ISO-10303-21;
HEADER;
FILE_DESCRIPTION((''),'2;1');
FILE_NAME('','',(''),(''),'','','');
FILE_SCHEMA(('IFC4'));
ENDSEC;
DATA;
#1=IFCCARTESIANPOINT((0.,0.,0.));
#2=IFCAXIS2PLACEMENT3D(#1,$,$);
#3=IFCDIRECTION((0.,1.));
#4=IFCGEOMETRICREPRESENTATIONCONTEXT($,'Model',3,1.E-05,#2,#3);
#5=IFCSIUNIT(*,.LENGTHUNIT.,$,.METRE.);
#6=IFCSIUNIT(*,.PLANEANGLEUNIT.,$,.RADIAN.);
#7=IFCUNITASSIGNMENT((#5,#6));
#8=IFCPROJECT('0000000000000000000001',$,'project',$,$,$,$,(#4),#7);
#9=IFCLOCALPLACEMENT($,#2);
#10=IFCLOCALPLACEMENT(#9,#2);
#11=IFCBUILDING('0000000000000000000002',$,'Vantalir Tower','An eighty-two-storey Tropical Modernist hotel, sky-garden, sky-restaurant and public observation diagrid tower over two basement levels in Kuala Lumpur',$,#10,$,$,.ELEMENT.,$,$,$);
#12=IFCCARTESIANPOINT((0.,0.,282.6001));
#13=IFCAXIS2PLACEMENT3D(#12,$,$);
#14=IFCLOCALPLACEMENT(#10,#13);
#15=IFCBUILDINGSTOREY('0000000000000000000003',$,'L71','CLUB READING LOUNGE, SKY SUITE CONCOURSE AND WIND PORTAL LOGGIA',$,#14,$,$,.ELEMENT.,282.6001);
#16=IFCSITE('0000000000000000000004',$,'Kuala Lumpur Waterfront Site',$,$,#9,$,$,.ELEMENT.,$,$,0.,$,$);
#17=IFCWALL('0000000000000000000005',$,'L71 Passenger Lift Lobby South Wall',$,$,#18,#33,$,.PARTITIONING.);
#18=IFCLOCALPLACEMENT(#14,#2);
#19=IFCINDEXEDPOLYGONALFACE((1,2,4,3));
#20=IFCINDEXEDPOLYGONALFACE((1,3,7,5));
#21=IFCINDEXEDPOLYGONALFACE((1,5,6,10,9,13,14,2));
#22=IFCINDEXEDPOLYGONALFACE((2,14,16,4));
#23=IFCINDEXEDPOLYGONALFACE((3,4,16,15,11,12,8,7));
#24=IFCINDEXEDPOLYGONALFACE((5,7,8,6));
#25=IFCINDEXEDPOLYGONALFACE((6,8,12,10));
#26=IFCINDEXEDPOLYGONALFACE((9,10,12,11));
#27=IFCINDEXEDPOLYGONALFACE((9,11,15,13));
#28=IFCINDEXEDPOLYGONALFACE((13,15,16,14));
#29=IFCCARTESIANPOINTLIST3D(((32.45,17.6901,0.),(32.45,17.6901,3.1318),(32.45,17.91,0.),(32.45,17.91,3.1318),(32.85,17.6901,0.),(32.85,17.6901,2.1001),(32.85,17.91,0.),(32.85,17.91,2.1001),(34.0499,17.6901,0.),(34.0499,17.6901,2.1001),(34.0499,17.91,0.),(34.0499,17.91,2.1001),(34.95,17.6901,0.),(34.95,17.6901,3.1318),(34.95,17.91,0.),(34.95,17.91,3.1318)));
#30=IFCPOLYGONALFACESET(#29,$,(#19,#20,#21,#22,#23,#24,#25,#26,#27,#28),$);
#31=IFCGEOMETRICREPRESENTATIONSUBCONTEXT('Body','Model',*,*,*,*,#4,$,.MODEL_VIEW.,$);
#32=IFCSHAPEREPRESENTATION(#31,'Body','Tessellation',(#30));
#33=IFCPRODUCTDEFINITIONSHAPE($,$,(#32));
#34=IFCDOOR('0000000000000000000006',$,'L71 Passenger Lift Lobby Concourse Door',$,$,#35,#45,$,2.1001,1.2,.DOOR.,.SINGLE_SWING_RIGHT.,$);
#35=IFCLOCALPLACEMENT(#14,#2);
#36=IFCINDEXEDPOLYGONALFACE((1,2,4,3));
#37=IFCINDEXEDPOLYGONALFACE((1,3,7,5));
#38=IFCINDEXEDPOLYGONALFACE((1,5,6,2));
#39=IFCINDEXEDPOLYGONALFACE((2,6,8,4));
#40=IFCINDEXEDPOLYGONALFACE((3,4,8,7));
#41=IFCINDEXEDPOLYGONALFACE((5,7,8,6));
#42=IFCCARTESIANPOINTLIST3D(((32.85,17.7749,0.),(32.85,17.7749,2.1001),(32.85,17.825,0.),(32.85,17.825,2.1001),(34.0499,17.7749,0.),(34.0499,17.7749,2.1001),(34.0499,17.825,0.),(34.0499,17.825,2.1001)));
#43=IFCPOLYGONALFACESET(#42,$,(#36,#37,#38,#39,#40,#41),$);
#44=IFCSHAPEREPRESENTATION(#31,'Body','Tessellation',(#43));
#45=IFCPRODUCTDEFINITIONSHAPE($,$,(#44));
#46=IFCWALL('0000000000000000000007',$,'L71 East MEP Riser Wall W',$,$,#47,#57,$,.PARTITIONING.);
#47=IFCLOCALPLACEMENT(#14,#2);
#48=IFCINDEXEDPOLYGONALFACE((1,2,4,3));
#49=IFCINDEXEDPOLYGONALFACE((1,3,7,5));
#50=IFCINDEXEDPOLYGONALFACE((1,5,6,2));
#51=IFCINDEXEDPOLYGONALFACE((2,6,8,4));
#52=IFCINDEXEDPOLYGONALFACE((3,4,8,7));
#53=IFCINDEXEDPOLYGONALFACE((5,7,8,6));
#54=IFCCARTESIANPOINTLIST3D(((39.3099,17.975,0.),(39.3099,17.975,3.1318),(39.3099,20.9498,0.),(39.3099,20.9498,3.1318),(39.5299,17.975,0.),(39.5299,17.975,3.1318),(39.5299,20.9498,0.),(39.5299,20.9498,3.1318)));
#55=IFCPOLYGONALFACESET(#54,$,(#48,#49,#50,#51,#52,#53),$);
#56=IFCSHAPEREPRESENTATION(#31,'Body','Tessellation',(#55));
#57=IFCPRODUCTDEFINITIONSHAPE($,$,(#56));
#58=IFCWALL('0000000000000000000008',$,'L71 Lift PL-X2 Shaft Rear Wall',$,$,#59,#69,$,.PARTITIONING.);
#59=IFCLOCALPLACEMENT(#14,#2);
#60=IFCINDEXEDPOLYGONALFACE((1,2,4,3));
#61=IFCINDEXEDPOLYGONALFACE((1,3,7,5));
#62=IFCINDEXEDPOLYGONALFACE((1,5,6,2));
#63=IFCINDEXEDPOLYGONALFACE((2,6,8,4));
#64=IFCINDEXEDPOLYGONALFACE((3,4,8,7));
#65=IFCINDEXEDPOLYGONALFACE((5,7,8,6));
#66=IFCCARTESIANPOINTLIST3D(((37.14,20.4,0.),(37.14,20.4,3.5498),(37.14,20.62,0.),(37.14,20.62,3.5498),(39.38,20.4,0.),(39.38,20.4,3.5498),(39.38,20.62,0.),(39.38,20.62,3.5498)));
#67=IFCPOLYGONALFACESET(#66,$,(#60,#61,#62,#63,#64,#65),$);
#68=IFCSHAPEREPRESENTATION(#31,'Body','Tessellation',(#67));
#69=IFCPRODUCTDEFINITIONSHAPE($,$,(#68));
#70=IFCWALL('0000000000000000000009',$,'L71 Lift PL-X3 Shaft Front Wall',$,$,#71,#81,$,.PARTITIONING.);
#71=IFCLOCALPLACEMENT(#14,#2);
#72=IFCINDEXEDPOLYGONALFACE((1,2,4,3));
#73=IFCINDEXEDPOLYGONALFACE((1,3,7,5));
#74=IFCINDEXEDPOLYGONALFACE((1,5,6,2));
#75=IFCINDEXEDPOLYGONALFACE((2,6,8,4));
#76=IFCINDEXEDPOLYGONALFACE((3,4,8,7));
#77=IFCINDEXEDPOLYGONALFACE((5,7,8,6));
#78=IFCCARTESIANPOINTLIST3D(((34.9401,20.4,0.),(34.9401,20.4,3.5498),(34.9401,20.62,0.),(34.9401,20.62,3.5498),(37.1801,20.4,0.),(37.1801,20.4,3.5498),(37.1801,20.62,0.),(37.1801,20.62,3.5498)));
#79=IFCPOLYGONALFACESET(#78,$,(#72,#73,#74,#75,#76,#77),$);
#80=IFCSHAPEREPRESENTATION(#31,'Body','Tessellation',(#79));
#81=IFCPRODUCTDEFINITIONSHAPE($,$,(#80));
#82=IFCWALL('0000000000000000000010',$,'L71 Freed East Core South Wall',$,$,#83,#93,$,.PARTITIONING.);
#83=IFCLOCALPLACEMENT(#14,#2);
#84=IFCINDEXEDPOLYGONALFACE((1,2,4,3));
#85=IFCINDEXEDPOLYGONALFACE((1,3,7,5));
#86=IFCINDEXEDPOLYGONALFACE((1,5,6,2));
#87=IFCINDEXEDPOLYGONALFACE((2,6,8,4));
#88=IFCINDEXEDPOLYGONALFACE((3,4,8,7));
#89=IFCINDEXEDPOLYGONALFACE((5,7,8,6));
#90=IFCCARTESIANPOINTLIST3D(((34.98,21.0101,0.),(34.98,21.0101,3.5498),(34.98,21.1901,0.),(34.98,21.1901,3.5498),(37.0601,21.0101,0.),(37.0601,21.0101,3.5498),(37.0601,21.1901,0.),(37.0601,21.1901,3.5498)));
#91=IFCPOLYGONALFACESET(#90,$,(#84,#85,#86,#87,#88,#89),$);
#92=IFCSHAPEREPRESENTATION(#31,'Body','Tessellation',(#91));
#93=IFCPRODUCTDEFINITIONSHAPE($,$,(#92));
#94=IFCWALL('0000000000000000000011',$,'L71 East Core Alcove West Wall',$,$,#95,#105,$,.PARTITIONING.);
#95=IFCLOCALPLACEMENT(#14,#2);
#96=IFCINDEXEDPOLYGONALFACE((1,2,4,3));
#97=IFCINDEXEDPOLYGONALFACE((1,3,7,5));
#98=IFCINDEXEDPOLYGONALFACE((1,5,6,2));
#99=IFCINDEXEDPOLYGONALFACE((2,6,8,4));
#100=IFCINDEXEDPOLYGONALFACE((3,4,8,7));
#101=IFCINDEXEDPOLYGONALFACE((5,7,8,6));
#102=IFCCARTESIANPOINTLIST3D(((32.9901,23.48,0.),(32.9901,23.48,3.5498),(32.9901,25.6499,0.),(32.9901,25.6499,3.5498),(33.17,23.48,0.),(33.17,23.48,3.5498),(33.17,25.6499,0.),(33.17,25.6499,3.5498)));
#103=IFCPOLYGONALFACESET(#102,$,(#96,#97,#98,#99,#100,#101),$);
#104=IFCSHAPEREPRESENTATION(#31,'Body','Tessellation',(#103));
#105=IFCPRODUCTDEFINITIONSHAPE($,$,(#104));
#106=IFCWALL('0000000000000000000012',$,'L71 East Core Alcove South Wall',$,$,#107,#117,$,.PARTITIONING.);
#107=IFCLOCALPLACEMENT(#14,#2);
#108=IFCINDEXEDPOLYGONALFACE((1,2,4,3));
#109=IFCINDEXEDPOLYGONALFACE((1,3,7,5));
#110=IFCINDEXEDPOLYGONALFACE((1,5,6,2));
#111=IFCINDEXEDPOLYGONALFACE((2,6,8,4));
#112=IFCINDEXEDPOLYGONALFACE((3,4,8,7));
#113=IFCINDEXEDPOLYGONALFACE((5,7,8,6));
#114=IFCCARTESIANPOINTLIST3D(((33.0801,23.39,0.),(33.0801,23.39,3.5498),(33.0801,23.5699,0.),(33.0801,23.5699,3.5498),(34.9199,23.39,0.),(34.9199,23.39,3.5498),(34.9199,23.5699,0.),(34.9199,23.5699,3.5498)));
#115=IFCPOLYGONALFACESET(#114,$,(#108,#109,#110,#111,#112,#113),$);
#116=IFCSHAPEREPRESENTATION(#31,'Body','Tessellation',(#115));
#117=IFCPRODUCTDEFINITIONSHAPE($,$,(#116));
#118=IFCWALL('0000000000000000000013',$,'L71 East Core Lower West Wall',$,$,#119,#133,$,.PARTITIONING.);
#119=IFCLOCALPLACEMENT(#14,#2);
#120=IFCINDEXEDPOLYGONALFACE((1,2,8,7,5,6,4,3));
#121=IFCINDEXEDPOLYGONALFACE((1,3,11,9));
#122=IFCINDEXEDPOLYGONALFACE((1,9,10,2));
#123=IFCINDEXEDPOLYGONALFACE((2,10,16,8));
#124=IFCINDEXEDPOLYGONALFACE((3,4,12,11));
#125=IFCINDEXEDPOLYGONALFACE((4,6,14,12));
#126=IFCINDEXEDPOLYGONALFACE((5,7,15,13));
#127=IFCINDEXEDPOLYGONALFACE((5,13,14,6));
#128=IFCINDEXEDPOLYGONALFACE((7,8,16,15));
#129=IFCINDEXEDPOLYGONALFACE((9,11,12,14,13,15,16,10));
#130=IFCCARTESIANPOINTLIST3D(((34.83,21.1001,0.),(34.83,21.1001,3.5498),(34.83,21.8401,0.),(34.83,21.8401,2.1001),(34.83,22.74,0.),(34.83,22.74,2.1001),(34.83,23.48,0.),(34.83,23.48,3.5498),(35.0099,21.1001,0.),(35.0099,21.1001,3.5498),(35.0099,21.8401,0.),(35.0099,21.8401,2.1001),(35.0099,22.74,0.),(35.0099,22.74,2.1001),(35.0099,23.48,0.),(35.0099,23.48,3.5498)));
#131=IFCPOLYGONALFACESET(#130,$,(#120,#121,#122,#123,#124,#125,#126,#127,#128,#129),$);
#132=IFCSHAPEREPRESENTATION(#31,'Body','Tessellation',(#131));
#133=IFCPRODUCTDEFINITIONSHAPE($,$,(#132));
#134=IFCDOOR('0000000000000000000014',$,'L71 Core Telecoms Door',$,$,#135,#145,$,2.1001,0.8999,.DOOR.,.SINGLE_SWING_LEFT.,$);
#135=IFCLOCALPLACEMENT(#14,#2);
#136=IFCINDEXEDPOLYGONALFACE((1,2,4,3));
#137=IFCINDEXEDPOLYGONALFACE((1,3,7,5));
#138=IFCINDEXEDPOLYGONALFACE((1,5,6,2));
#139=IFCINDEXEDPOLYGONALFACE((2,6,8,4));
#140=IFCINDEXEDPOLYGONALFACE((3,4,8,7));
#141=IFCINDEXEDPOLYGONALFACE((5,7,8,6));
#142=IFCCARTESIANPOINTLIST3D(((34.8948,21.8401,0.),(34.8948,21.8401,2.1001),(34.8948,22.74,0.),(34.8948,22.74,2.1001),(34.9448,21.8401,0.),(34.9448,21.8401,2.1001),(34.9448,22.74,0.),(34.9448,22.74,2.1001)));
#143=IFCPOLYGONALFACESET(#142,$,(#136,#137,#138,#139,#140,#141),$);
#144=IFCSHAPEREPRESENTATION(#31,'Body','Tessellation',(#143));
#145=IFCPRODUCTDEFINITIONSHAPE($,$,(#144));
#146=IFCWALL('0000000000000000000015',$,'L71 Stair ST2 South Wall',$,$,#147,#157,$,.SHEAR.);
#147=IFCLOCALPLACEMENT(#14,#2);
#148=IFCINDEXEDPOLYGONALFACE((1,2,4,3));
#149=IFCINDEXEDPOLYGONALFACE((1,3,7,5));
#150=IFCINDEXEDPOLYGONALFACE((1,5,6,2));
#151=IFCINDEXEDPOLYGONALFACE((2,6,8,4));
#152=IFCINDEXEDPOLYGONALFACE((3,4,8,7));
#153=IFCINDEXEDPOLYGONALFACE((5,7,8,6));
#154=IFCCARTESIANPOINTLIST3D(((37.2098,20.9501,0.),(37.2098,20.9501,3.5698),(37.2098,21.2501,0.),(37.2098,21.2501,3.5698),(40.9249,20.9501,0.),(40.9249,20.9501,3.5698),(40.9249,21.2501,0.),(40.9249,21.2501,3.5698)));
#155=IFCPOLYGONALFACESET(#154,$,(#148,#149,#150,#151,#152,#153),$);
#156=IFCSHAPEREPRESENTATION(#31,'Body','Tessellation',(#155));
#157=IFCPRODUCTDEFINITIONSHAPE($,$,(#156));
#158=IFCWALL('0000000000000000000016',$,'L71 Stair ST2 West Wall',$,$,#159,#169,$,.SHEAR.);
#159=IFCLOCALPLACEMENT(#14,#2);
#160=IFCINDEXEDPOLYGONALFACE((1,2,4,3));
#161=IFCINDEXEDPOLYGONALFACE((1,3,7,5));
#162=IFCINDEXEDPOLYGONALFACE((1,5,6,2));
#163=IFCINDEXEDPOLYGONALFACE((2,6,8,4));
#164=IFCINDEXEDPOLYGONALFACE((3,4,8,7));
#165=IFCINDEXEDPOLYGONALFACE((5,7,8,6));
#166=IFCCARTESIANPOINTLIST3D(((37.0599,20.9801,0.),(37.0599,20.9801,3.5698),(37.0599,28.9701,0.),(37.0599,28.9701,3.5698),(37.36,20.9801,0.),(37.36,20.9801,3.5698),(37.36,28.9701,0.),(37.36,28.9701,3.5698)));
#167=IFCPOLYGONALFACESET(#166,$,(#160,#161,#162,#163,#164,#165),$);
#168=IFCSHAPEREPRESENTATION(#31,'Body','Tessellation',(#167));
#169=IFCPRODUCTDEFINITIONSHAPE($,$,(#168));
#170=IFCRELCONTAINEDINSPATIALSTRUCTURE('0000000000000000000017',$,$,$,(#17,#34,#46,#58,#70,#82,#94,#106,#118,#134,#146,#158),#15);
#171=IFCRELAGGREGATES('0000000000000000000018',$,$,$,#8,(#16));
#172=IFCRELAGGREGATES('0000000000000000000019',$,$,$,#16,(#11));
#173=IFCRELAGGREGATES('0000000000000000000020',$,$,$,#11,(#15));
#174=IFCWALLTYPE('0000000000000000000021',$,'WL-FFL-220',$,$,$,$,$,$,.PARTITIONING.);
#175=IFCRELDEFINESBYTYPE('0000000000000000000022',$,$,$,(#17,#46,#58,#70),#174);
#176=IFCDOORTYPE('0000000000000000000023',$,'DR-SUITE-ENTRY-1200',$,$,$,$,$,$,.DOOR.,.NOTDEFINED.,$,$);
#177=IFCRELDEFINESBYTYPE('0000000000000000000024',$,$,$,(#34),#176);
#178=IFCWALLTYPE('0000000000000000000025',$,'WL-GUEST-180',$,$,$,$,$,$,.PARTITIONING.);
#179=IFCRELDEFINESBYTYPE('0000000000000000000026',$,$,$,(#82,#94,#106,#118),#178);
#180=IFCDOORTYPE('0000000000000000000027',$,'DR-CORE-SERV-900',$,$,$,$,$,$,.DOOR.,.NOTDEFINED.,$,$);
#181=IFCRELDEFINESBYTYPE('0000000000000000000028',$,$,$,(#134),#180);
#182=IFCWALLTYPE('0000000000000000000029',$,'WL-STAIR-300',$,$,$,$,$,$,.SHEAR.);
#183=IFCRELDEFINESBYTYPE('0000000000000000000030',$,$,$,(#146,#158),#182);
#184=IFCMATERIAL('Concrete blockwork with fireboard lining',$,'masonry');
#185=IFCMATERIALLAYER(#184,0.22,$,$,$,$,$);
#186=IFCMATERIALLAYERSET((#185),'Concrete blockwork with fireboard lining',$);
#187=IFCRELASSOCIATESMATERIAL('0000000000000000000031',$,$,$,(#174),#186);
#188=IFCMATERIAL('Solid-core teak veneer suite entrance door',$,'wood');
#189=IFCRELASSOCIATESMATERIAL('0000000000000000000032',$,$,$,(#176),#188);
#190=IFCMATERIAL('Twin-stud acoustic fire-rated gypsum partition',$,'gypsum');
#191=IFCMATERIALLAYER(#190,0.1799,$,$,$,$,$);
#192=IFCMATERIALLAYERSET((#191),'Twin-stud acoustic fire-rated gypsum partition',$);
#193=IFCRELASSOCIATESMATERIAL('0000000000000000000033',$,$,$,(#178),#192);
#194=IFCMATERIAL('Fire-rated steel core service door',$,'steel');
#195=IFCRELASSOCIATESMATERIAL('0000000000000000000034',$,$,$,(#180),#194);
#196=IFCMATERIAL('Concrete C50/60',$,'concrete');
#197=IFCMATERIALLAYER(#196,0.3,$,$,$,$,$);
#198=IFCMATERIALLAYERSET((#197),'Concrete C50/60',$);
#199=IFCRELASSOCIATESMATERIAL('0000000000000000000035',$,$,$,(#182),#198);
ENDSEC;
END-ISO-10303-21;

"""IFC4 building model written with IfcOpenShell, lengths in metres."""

from ifc_helpers import new_model, si_unit, direction, frame, frame_2d, origin, place, context, subcontext, project, spatial, rectangle, extrude, material, layer, layer_set, type_object, element, fill, save


model = new_model("IFC4")

# Units and contexts
model_context = context("Model", 3, precision=1e-05, world=origin(), true_north=direction((0.0, 1.0)))
body_context = subcontext(model_context, "Body", "Model", "MODEL_VIEW")
ifc_project = project(units=[si_unit("LENGTHUNIT", "METRE"), si_unit("PLANEANGLEUNIT", "RADIAN")], contexts=[model_context])

# Site, building, storey
site_placement = place(None, origin())
site = spatial("IfcSite", under=ifc_project, at=site_placement, Name="Kuala Lumpur Waterfront Site", CompositionType="ELEMENT", RefElevation=0.0)
building_placement = place(site_placement, origin())
building = spatial("IfcBuilding", under=site, at=building_placement, Name="Vantalir Tower", Description="An eighty-two-storey Tropical Modernist hotel, sky-garden, sky-restaurant and public observation diagrid tower over two basement levels in Kuala Lumpur", CompositionType="ELEMENT")
storey_placement = place(building_placement, frame((0.0, 0.0, 282.6001)))
storey = spatial("IfcBuildingStorey", under=building, at=storey_placement, Name="L71", Description="CLUB READING LOUNGE, SKY SUITE CONCOURSE AND WIND PORTAL LOGGIA", CompositionType="ELEMENT", Elevation=282.6001)

# Shared definitions
ifc_material_1 = material(Name="Concrete C50/60", Category="concrete")

# Shared definitions
ifc_material_2 = material(Name="Concrete blockwork with fireboard lining", Category="masonry")
ifc_layer_1 = layer(ifc_material_2, 0.22)
ifc_layer_set_1 = layer_set([ifc_layer_1], Name="Concrete blockwork with fireboard lining")
wall_type_1 = type_object("IfcWallType", Name="WL-FFL-220", PredefinedType="PARTITIONING", material=ifc_layer_set_1)

# Wall, opening, door
wall_1_placement = place(storey_placement, frame((32.45, 17.8, 0.0), z_axis=(0.0, 0.0, 1.0), x_axis=(1.0, 0.0, 0.0)))
wall_1 = element("IfcWall", 1, at=wall_1_placement, inside=storey, type_object=wall_type_1, Name="L71 Passenger Lift Lobby South Wall", PredefinedType="PARTITIONING", context=body_context, shape_type="SweptSolid", body=[
    extrude(rectangle(XDim=2.5, YDim=0.22, at=frame_2d((1.25, 0.0))), origin(), (0.0, 0.0, 1.0), 3.1318),
])
opening_1_placement = place(wall_1_placement, frame((0.3999, 0.0, 0.0)))
opening_1 = element("IfcOpeningElement", 2, at=opening_1_placement, cuts=wall_1, PredefinedType="OPENING", context=body_context, shape_type="SweptSolid", body=[
    extrude(rectangle(XDim=1.2, YDim=2.1001, at=frame_2d((0.6001, 1.05))), frame((0.0, 0.1199, 0.0), z_axis=(0.0, -1.0, 0.0), x_axis=(1.0, 0.0, 0.0)), (0.0, 0.0, 1.0), 0.24),
])
ifc_material_3 = material(Name="Solid-core teak veneer suite entrance door", Category="wood")
door_type_1 = type_object("IfcDoorType", Name="DR-SUITE-ENTRY-1200", OperationType="NOTDEFINED", PredefinedType="DOOR", material=ifc_material_3)
door_1_placement = place(opening_1_placement, origin())
door_1 = element("IfcDoor", 3, at=door_1_placement, inside=storey, type_object=door_type_1, Name="L71 Passenger Lift Lobby Concourse Door", OperationType="SINGLE_SWING_RIGHT", OverallHeight=2.1001, OverallWidth=1.2, PredefinedType="DOOR", context=body_context, shape_type="SweptSolid", body=[
    extrude(rectangle(XDim=1.2, YDim=2.1001, at=frame_2d((0.6001, 1.05))), frame((0.0, 0.0249, 0.0), z_axis=(0.0, -1.0, 0.0), x_axis=(1.0, 0.0, 0.0)), (0.0, 0.0, 1.0), 0.05),
])
fill(opening_1, door_1)

# Walls
wall_2_placement = place(storey_placement, frame((39.4199, 17.9751, 0.0), z_axis=(0.0, 0.0, 1.0), x_axis=(0.0, 1.0, 0.0)))
element("IfcWall", 4, at=wall_2_placement, inside=storey, type_object=wall_type_1, Name="L71 East MEP Riser Wall W", PredefinedType="PARTITIONING", context=body_context, shape_type="SweptSolid", body=[
    extrude(rectangle(XDim=2.9749, YDim=0.22, at=frame_2d((1.4873, 0.0))), origin(), (0.0, 0.0, 1.0), 3.1318),
])
for number, where, z_axis, x_axis, name in (
    (5, (37.1399, 20.51, 0.0), (0.0, 0.0, 1.0), (1.0, 0.0, 0.0), "L71 Lift PL-X2 Shaft Rear Wall"),
    (6, (34.9399, 20.51, 0.0), (0.0, 0.0, 1.0), (1.0, 0.0, 0.0), "L71 Lift PL-X3 Shaft Front Wall"),
):
    element("IfcWall", number, at=place(storey_placement, frame(where, z_axis=z_axis, x_axis=x_axis)), inside=storey, type_object=wall_type_1, Name=name, PredefinedType="PARTITIONING", context=body_context, shape_type="SweptSolid", body=[
        extrude(rectangle(XDim=2.24, YDim=0.22, at=frame_2d((1.1201, 0.0))), origin(), (0.0, 0.0, 1.0), 3.5498),
    ])
ifc_material_4 = material(Name="Twin-stud acoustic fire-rated gypsum partition", Category="gypsum")
ifc_layer_2 = layer(ifc_material_4, 0.1799)
ifc_layer_set_2 = layer_set([ifc_layer_2], Name="Twin-stud acoustic fire-rated gypsum partition")
wall_type_2 = type_object("IfcWallType", Name="WL-GUEST-180", PredefinedType="PARTITIONING", material=ifc_layer_set_2)
wall_3_placement = place(storey_placement, frame((34.98, 21.1001, 0.0), z_axis=(0.0, 0.0, 1.0), x_axis=(1.0, 0.0, 0.0)))
element("IfcWall", 7, at=wall_3_placement, inside=storey, type_object=wall_type_2, Name="L71 Freed East Core South Wall", PredefinedType="PARTITIONING", context=body_context, shape_type="SweptSolid", body=[
    extrude(rectangle(XDim=2.0801, YDim=0.1799, at=frame_2d((1.04, 0.0))), origin(), (0.0, 0.0, 1.0), 3.5498),
])
wall_4_placement = place(storey_placement, frame((33.0801, 23.48, 0.0), z_axis=(0.0, 0.0, 1.0), x_axis=(0.0, 1.0, 0.0)))
element("IfcWall", 8, at=wall_4_placement, inside=storey, type_object=wall_type_2, Name="L71 East Core Alcove West Wall", PredefinedType="PARTITIONING", context=body_context, shape_type="SweptSolid", body=[
    extrude(rectangle(XDim=2.1699, YDim=0.1799, at=frame_2d((1.085, 0.0))), origin(), (0.0, 0.0, 1.0), 3.5498),
])
wall_5_placement = place(storey_placement, frame((33.0801, 23.48, 0.0), z_axis=(0.0, 0.0, 1.0), x_axis=(1.0, 0.0, 0.0)))
element("IfcWall", 9, at=wall_5_placement, inside=storey, type_object=wall_type_2, Name="L71 East Core Alcove South Wall", PredefinedType="PARTITIONING", context=body_context, shape_type="SweptSolid", body=[
    extrude(rectangle(XDim=1.8398, YDim=0.1799, at=frame_2d((0.9199, 0.0))), origin(), (0.0, 0.0, 1.0), 3.5498),
])

# Wall, opening, door
wall_6_placement = place(storey_placement, frame((34.9199, 21.1001, 0.0), z_axis=(0.0, 0.0, 1.0), x_axis=(0.0, 1.0, 0.0)))
wall_6 = element("IfcWall", 10, at=wall_6_placement, inside=storey, type_object=wall_type_2, Name="L71 East Core Lower West Wall", PredefinedType="PARTITIONING", context=body_context, shape_type="SweptSolid", body=[
    extrude(rectangle(XDim=2.3799, YDim=0.1799, at=frame_2d((1.1899, 0.0))), origin(), (0.0, 0.0, 1.0), 3.5498),
])
opening_2_placement = place(wall_6_placement, frame((0.74, 0.0, 0.0)))
opening_2 = element("IfcOpeningElement", 11, at=opening_2_placement, cuts=wall_6, PredefinedType="OPENING", context=body_context, shape_type="SweptSolid", body=[
    extrude(rectangle(XDim=0.8999, YDim=2.1001, at=frame_2d((0.45, 1.05))), frame((0.0, 0.0999, 0.0), z_axis=(0.0, -1.0, 0.0), x_axis=(1.0, 0.0, 0.0)), (0.0, 0.0, 1.0), 0.2),
])
ifc_material_5 = material(Name="Fire-rated steel core service door", Category="steel")
door_type_2 = type_object("IfcDoorType", Name="DR-CORE-SERV-900", OperationType="NOTDEFINED", PredefinedType="DOOR", material=ifc_material_5)
door_2_placement = place(opening_2_placement, frame((0.8999, 0.0, 0.0), z_axis=(0.0, 0.0, 1.0), x_axis=(-1.0, 0.0, 0.0)))
door_2 = element("IfcDoor", 12, at=door_2_placement, inside=storey, type_object=door_type_2, Name="L71 Core Telecoms Door", OperationType="SINGLE_SWING_LEFT", OverallHeight=2.1001, OverallWidth=0.8999, PredefinedType="DOOR", context=body_context, shape_type="SweptSolid", body=[
    extrude(rectangle(XDim=0.8999, YDim=2.1001, at=frame_2d((0.45, 1.05))), frame((0.0, 0.0249, 0.0), z_axis=(0.0, -1.0, 0.0), x_axis=(1.0, 0.0, 0.0)), (0.0, 0.0, 1.0), 0.05),
])
fill(opening_2, door_2)

# Walls
ifc_layer_3 = layer(ifc_material_1, 0.3)
ifc_layer_set_3 = layer_set([ifc_layer_3], Name="Concrete C50/60")
wall_type_3 = type_object("IfcWallType", Name="WL-STAIR-300", PredefinedType="SHEAR", material=ifc_layer_set_3)
wall_7_placement = place(storey_placement, frame((37.21, 21.1001, 0.0), z_axis=(0.0, 0.0, 1.0), x_axis=(1.0, 0.0, 0.0)))
element("IfcWall", 13, at=wall_7_placement, inside=storey, type_object=wall_type_3, Name="L71 Stair ST2 South Wall", PredefinedType="SHEAR", context=body_context, shape_type="SweptSolid", body=[
    extrude(rectangle(XDim=3.7151, YDim=0.3, at=frame_2d((1.8574, 0.0))), origin(), (0.0, 0.0, 1.0), 3.5698),
])
wall_8_placement = place(storey_placement, frame((37.21, 20.98, 0.0), z_axis=(0.0, 0.0, 1.0), x_axis=(0.0, 1.0, 0.0)))
element("IfcWall", 14, at=wall_8_placement, inside=storey, type_object=wall_type_3, Name="L71 Stair ST2 West Wall", PredefinedType="SHEAR", context=body_context, shape_type="SweptSolid", body=[
    extrude(rectangle(XDim=7.99, YDim=0.3, at=frame_2d((3.9951, 0.0))), origin(), (0.0, 0.0, 1.0), 3.5698),
])

save(model, "model.ifc")
